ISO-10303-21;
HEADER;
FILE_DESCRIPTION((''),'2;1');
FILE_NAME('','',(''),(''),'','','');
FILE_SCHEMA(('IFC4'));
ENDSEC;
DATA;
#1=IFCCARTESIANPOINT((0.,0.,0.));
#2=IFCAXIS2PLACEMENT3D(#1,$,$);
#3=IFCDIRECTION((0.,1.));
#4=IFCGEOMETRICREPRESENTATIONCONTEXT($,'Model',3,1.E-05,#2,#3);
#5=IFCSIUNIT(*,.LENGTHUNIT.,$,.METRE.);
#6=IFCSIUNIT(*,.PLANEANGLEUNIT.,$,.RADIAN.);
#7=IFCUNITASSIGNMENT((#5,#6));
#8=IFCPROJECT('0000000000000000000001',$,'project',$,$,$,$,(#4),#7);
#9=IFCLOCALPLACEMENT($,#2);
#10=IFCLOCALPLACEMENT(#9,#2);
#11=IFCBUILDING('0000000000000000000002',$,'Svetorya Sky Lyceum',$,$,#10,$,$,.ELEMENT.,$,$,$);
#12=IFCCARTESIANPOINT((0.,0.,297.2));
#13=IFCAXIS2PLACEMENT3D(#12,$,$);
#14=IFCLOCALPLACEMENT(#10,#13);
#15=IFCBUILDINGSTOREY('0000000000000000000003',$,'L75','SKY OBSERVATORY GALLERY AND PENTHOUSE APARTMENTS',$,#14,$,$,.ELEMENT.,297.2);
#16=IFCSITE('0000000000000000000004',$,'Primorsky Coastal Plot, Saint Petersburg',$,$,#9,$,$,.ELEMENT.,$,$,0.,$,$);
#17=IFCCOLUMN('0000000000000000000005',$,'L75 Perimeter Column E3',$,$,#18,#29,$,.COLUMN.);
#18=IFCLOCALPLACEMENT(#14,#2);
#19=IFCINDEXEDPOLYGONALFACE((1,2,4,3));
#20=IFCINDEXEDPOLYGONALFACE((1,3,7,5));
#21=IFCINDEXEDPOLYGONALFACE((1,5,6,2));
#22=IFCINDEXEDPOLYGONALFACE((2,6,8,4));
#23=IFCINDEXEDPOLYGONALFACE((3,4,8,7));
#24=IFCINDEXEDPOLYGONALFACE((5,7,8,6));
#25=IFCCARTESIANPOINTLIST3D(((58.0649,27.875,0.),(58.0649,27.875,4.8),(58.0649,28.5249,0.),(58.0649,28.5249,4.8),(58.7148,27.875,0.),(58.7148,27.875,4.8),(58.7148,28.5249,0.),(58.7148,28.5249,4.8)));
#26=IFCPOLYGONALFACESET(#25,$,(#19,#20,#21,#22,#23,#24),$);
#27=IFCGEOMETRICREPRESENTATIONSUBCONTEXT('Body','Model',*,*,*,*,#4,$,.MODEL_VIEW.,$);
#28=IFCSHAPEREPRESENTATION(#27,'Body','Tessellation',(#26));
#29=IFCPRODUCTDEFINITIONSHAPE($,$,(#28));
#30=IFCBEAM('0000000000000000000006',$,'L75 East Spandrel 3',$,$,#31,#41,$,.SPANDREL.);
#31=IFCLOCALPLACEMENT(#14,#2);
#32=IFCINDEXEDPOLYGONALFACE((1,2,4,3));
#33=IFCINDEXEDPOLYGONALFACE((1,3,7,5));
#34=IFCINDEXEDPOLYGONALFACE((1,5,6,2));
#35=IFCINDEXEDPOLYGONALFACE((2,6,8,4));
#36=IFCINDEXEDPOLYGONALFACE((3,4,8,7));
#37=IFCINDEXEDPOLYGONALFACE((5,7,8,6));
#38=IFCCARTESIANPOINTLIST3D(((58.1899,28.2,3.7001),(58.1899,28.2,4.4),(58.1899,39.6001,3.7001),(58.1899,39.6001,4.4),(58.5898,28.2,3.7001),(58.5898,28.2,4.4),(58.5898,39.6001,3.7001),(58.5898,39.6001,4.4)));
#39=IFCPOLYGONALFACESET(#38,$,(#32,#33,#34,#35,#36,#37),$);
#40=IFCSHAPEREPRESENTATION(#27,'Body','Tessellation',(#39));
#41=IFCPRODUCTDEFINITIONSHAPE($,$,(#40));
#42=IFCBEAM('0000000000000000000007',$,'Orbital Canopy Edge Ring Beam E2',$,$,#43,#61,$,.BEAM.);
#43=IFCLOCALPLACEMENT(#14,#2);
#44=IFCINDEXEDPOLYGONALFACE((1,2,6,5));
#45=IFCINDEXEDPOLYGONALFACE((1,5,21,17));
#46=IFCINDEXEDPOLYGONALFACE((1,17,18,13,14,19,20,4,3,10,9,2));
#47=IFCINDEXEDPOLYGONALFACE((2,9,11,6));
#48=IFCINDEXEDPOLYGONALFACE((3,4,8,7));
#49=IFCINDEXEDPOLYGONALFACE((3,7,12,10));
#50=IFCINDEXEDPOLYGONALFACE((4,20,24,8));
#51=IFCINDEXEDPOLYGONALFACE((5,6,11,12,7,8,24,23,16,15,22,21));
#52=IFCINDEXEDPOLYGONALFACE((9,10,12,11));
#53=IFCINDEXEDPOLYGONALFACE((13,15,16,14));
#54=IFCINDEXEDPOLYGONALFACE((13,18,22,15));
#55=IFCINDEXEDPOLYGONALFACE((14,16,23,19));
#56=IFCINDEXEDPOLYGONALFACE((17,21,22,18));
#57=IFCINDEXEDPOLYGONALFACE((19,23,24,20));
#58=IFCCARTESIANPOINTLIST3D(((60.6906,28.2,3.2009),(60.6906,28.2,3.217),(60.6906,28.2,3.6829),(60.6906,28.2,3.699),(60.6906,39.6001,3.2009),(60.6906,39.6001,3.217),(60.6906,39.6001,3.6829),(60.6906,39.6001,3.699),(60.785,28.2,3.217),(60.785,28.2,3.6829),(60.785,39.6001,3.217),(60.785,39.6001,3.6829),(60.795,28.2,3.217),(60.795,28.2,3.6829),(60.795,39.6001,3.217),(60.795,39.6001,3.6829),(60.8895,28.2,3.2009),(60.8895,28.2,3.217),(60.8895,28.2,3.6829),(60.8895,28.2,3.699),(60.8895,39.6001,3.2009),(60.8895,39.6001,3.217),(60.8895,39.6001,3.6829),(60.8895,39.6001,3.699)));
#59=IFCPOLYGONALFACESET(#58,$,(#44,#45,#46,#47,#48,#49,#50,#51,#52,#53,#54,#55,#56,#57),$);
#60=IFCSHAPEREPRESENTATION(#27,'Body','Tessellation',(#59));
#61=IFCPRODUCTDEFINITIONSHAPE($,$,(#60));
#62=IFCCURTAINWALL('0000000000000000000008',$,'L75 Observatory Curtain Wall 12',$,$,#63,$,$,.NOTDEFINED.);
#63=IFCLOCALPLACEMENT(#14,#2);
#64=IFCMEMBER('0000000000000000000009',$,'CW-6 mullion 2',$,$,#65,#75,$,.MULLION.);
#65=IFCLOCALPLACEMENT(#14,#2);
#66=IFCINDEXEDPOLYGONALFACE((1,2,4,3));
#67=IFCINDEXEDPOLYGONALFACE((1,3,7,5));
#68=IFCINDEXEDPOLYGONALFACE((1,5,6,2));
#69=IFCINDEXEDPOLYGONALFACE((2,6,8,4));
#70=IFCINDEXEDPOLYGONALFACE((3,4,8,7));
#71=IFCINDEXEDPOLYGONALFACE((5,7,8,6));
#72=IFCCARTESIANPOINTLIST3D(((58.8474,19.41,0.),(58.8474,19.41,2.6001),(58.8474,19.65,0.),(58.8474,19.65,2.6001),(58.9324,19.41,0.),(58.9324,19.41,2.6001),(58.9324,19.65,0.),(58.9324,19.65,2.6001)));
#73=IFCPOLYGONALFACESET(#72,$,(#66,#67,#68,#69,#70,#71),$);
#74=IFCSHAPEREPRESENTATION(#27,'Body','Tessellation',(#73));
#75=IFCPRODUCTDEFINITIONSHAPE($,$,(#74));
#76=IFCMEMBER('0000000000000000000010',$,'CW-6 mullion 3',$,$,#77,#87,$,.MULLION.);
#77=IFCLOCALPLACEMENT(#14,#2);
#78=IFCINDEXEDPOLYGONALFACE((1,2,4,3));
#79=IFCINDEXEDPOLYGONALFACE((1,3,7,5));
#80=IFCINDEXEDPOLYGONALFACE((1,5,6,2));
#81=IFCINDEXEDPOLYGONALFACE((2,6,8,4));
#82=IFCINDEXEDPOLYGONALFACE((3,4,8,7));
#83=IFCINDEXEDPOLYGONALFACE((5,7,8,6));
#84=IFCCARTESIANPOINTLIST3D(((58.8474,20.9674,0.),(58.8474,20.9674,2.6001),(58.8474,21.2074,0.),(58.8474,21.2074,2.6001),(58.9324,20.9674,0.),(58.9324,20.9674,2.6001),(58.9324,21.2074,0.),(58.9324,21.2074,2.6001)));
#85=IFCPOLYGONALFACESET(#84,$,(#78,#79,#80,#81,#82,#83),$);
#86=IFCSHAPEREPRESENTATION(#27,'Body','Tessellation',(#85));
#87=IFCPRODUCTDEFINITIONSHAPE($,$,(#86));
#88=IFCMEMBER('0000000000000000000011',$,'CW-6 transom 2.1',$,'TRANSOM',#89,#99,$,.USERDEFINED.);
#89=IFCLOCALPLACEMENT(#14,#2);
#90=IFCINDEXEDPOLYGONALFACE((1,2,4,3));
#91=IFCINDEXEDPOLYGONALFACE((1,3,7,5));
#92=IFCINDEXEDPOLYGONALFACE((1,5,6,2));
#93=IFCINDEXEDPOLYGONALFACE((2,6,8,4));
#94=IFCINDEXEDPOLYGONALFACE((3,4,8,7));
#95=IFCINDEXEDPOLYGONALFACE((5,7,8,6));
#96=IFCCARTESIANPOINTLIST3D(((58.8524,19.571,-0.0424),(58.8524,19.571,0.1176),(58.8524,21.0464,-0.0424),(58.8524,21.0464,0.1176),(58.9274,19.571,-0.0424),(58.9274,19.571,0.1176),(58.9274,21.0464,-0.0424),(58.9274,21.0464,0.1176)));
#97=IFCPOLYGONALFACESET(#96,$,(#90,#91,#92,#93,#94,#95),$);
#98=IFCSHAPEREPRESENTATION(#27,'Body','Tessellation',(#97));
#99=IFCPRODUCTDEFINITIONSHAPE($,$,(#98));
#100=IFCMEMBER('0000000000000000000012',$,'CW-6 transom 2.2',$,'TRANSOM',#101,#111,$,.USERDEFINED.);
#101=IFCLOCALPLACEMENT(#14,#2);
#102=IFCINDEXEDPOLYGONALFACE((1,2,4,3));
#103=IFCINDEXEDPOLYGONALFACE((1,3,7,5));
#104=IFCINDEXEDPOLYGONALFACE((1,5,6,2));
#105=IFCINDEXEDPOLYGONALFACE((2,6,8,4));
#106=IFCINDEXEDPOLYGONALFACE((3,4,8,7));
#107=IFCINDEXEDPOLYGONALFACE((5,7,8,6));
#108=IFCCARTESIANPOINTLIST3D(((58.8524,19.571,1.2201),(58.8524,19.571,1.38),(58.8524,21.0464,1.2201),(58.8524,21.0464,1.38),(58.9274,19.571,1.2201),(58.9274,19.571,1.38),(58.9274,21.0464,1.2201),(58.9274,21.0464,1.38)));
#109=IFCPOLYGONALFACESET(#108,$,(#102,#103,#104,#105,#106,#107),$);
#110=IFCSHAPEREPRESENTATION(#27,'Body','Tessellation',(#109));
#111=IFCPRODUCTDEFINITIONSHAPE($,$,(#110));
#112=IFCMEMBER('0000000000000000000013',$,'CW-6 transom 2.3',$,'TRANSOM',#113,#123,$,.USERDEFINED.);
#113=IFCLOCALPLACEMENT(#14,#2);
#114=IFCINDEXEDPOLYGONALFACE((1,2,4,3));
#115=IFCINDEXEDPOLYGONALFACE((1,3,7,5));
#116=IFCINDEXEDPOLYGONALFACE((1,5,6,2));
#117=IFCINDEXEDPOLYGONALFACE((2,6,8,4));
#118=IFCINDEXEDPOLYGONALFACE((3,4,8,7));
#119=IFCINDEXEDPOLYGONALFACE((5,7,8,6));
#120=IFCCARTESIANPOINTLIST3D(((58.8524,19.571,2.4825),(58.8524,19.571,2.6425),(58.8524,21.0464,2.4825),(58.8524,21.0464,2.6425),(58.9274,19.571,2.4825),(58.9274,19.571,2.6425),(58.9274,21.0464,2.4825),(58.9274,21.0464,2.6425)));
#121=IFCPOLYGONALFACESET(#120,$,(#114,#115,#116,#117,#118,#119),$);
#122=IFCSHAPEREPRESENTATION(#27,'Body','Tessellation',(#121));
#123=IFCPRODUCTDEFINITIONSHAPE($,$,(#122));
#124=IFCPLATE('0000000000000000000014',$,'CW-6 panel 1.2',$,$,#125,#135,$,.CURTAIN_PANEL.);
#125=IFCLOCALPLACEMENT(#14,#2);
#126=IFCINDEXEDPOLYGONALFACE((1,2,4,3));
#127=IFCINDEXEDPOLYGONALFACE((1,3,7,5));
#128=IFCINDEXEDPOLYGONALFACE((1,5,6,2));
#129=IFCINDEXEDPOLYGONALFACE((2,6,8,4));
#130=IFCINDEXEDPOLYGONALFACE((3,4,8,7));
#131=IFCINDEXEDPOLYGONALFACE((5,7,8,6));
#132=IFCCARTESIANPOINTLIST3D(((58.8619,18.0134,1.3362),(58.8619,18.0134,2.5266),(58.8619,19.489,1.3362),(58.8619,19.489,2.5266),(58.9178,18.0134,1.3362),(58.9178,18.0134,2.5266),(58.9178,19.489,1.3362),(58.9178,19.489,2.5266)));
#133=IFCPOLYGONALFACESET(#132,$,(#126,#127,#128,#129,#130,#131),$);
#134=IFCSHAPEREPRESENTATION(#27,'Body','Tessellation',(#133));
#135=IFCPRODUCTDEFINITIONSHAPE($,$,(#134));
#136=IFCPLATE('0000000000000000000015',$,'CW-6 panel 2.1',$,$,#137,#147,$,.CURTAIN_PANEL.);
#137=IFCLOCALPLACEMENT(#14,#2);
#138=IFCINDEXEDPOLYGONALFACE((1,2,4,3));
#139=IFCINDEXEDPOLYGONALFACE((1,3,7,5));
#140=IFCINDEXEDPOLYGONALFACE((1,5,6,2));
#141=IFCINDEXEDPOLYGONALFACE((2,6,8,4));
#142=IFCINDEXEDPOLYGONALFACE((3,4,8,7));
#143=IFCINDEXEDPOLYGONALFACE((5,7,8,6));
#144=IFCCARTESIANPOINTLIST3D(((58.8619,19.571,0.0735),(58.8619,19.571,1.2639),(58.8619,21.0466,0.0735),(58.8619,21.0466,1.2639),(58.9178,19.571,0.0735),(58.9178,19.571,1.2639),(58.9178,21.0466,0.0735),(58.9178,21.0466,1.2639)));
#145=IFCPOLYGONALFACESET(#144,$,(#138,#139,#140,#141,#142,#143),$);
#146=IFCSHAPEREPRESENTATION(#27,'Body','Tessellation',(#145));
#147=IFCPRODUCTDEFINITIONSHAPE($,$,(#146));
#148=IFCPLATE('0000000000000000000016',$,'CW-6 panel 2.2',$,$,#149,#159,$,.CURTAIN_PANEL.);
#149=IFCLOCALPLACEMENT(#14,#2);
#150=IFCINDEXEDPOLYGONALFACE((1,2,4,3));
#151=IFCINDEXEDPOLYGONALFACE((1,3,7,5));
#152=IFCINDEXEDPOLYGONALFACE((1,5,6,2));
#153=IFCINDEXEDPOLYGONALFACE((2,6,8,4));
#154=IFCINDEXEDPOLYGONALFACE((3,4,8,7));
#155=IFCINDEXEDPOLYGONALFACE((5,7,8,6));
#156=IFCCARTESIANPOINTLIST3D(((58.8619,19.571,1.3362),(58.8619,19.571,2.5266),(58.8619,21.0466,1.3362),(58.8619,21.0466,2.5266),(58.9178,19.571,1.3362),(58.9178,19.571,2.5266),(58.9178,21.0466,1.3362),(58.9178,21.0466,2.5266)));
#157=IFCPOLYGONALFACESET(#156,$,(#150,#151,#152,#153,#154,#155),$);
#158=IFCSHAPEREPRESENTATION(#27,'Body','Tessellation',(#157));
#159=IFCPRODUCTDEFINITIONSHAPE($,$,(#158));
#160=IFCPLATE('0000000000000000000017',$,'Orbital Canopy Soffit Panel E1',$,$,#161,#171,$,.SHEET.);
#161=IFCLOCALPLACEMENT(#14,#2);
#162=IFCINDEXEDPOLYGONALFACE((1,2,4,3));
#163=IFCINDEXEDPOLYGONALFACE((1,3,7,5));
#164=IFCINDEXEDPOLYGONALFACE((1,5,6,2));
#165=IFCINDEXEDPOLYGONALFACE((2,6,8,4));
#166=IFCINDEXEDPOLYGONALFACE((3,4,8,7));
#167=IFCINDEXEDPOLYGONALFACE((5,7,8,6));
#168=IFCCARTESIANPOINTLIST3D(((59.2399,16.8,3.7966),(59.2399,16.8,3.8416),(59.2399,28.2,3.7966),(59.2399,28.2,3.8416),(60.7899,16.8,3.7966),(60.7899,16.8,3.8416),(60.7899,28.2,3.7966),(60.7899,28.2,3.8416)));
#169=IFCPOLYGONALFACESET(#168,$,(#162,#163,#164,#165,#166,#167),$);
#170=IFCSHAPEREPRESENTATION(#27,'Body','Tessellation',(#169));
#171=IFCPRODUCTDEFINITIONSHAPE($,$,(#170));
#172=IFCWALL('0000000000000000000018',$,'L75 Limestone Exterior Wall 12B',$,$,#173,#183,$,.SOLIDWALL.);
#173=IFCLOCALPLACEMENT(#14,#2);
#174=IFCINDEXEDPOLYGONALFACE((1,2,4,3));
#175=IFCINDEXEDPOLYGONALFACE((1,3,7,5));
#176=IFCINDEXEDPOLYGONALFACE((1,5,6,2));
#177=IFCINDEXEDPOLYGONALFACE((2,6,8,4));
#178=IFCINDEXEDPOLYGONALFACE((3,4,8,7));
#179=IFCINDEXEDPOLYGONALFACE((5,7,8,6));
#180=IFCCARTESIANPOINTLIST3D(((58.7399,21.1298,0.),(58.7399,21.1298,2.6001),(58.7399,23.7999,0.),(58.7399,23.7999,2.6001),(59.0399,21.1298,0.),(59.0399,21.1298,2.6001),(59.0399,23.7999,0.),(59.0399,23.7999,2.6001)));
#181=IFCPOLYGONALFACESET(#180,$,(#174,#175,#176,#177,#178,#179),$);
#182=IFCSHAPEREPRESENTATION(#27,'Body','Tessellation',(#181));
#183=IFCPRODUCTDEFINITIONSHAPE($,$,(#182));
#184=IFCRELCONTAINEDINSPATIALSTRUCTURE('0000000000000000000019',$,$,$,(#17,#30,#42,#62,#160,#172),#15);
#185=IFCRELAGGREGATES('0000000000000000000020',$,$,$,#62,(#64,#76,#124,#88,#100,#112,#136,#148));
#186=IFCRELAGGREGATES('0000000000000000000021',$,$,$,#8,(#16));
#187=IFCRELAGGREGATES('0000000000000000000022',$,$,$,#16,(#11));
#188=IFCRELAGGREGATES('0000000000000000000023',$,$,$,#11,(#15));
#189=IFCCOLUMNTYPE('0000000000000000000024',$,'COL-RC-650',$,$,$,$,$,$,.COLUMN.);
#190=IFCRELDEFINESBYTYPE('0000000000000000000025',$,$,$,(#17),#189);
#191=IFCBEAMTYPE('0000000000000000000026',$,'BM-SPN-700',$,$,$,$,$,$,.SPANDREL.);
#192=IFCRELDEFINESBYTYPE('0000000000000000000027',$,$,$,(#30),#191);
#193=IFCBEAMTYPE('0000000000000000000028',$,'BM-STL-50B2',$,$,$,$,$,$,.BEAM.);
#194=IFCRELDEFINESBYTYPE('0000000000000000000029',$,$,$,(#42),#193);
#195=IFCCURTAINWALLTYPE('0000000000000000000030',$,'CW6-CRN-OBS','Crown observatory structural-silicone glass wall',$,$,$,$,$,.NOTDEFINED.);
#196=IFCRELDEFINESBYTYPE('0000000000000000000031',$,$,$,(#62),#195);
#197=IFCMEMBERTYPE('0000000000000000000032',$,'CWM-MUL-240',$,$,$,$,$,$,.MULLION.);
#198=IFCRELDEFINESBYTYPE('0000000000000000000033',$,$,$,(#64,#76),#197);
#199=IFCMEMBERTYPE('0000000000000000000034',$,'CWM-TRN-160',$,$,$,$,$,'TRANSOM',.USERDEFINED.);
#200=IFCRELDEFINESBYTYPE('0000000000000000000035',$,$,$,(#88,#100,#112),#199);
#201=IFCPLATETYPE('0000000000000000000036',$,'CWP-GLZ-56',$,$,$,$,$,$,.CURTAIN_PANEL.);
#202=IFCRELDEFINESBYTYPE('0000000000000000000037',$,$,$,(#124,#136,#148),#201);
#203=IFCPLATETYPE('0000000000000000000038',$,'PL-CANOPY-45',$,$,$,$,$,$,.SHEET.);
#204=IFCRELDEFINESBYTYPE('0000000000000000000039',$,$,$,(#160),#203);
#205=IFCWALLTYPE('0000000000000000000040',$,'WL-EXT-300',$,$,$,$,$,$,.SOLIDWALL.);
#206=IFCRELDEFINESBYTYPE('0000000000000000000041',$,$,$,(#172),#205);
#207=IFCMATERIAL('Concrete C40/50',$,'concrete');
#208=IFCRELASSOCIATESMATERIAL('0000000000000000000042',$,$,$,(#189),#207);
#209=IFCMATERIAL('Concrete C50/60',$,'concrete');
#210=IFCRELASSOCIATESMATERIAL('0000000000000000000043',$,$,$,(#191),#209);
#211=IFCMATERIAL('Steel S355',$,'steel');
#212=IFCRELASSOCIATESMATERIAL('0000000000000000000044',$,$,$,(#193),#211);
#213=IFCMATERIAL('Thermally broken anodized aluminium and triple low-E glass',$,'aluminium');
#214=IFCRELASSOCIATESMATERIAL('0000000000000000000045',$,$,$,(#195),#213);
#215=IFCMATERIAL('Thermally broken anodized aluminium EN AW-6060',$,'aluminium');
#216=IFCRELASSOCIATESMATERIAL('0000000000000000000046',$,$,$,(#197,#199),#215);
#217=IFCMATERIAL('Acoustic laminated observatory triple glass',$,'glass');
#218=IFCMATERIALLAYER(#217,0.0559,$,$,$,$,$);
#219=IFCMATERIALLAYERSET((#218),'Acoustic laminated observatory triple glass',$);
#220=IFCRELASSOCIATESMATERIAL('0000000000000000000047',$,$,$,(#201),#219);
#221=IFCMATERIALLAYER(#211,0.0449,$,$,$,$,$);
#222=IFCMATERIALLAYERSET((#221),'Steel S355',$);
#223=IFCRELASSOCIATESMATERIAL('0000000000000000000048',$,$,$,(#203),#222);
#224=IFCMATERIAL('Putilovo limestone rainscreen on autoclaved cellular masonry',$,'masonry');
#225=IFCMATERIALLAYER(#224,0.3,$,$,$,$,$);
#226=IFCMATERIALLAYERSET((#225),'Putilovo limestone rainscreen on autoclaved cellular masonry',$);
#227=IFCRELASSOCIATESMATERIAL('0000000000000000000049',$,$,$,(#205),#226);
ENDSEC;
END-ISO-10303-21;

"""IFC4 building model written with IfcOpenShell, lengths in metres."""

from ifc_helpers import new_model, si_unit, direction, frame, frame_2d, origin, origin_2d, place, context, subcontext, project, spatial, rectangle, i_section, extrude, material, layer, layer_set, material_profile, profile_set, type_object, element, aggregate, save


model = new_model("IFC4")

# Units and contexts
model_context = context("Model", 3, precision=1e-05, world=origin(), true_north=direction((0.0, 1.0)))
body_context = subcontext(model_context, "Body", "Model", "MODEL_VIEW")
ifc_project = project(units=[si_unit("LENGTHUNIT", "METRE"), si_unit("PLANEANGLEUNIT", "RADIAN")], contexts=[model_context])

# Site, building, storey
site_placement = place(None, origin())
site = spatial("IfcSite", under=ifc_project, at=site_placement, Name="Primorsky Coastal Plot, Saint Petersburg", CompositionType="ELEMENT", RefElevation=0.0)
building_placement = place(site_placement, origin())
building = spatial("IfcBuilding", under=site, at=building_placement, Name="Svetorya Sky Lyceum", CompositionType="ELEMENT")
storey_placement = place(building_placement, frame((0.0, 0.0, 297.2)))
storey = spatial("IfcBuildingStorey", under=building, at=storey_placement, Name="L75", Description="SKY OBSERVATORY GALLERY AND PENTHOUSE APARTMENTS", CompositionType="ELEMENT", Elevation=297.2)

# Column
ifc_material_1 = material(Name="Concrete C40/50", Category="concrete")
ifc_material_profile_1 = material_profile(ifc_material_1, rectangle(XDim=0.6499, YDim=0.6499, at=origin_2d()), Name="RC COL 650x650")
ifc_profile_set_1 = profile_set([ifc_material_profile_1], Name="Concrete C40/50")
column_type = type_object("IfcColumnType", Name="COL-RC-650", PredefinedType="COLUMN", material=ifc_profile_set_1)
column_placement = place(storey_placement, frame((58.3899, 28.2, 0.0), z_axis=(0.0, 0.0, 1.0), x_axis=(1.0, 0.0, 0.0)))
element("IfcColumn", 1, at=column_placement, inside=storey, type_object=column_type, Name="L75 Perimeter Column E3", PredefinedType="COLUMN", context=body_context, shape_type="SweptSolid", body=[
    extrude(rectangle(XDim=0.6499, YDim=0.6499, at=origin_2d()), origin(), (0.0, 0.0, 1.0), 4.8),
])

# Beams
ifc_material_2 = material(Name="Concrete C50/60", Category="concrete")
ifc_material_profile_2 = material_profile(ifc_material_2, rectangle(XDim=0.3999, YDim=0.7, at=origin_2d()), Name="RC SPANDREL 400x700")
ifc_profile_set_2 = profile_set([ifc_material_profile_2], Name="Concrete C50/60")
beam_type_1 = type_object("IfcBeamType", Name="BM-SPN-700", PredefinedType="SPANDREL", material=ifc_profile_set_2)
beam_1_placement = place(storey_placement, frame((58.3899, 28.2, 4.05), z_axis=(0.0, 1.0, 0.0), x_axis=(-1.0, 0.0, 0.0)))
element("IfcBeam", 2, at=beam_1_placement, inside=storey, type_object=beam_type_1, Name="L75 East Spandrel 3", PredefinedType="SPANDREL", context=body_context, shape_type="SweptSolid", body=[
    extrude(rectangle(XDim=0.3999, YDim=0.7, at=origin_2d()), origin(), (0.0, 0.0, 1.0), 11.4001),
])
ifc_material_3 = material(Name="Steel S355", Category="steel")
ifc_material_profile_3 = material_profile(ifc_material_3, i_section(OverallWidth=0.199, OverallDepth=0.498, WebThickness=0.01, FlangeThickness=0.0161, at=origin_2d()), Name="GOST 50B2")
ifc_profile_set_3 = profile_set([ifc_material_profile_3], Name="Steel S355")
beam_type_2 = type_object("IfcBeamType", Name="BM-STL-50B2", PredefinedType="BEAM", material=ifc_profile_set_3)
beam_2_placement = place(storey_placement, frame((60.79, 28.2, 3.45), z_axis=(0.0, 1.0, 0.0), x_axis=(-1.0, 0.0, 0.0)))
element("IfcBeam", 3, at=beam_2_placement, inside=storey, type_object=beam_type_2, Name="Orbital Canopy Edge Ring Beam E2", PredefinedType="BEAM", context=body_context, shape_type="SweptSolid", body=[
    extrude(i_section(OverallWidth=0.199, OverallDepth=0.498, WebThickness=0.01, FlangeThickness=0.0161, at=origin_2d()), origin(), (0.0, 0.0, 1.0), 11.4001),
])

# Curtain wall, members, plates
ifc_material_4 = material(Name="Thermally broken anodized aluminium and triple low-E glass", Category="aluminium")
curtain_wall_type = type_object("IfcCurtainWallType", Name="CW6-CRN-OBS", Description="Crown observatory structural-silicone glass wall", PredefinedType="NOTDEFINED", material=ifc_material_4)
curtain_wall_placement = place(storey_placement, origin())
curtain_wall = element("IfcCurtainWall", 4, at=curtain_wall_placement, inside=storey, type_object=curtain_wall_type, Name="L75 Observatory Curtain Wall 12", PredefinedType="NOTDEFINED")
ifc_material_5 = material(Name="Thermally broken anodized aluminium EN AW-6060", Category="aluminium")
ifc_material_profile_4 = material_profile(ifc_material_5, rectangle(XDim=0.085, YDim=0.24, at=origin_2d()), Name="ALU MULLION 85x240")
ifc_profile_set_4 = profile_set([ifc_material_profile_4], Name="Thermally broken anodized aluminium EN AW-6060")
member_type_1 = type_object("IfcMemberType", Name="CWM-MUL-240", PredefinedType="MULLION", material=ifc_profile_set_4)
member_1_placement = place(storey_placement, frame((58.8899, 19.53, 0.0), z_axis=(0.0, 0.0, 1.0), x_axis=(-1.0, 0.0, 0.0)))
member_1 = element("IfcMember", 5, at=member_1_placement, type_object=member_type_1, Name="CW-6 mullion 2", PredefinedType="MULLION", context=body_context, shape_type="SweptSolid", body=[
    extrude(rectangle(XDim=0.085, YDim=0.24, at=origin_2d()), origin(), (0.0, 0.0, 1.0), 2.6001),
])
member_2_placement = place(storey_placement, frame((58.8899, 21.0874, 0.0), z_axis=(0.0, 0.0, 1.0), x_axis=(-1.0, 0.0, 0.0)))
member_2 = element("IfcMember", 6, at=member_2_placement, type_object=member_type_1, Name="CW-6 mullion 3", PredefinedType="MULLION", context=body_context, shape_type="SweptSolid", body=[
    extrude(rectangle(XDim=0.085, YDim=0.24, at=origin_2d()), origin(), (0.0, 0.0, 1.0), 2.6001),
])
ifc_material_profile_5 = material_profile(ifc_material_5, rectangle(XDim=0.075, YDim=0.1599, at=origin_2d()), Name="ALU TRANSOM 75x160")
ifc_profile_set_5 = profile_set([ifc_material_profile_5], Name="Thermally broken anodized aluminium EN AW-6060")
member_type_2 = type_object("IfcMemberType", Name="CWM-TRN-160", ElementType="TRANSOM", PredefinedType="USERDEFINED", material=ifc_profile_set_5)
member_3_placement = place(storey_placement, frame((58.8899, 19.571, 0.0376), z_axis=(0.0, 1.0, 0.0), x_axis=(-1.0, 0.0, 0.0)))
member_3 = element("IfcMember", 7, at=member_3_placement, type_object=member_type_2, Name="CW-6 transom 2.1", ObjectType="TRANSOM", PredefinedType="USERDEFINED", context=body_context, shape_type="SweptSolid", body=[
    extrude(rectangle(XDim=0.075, YDim=0.1599, at=origin_2d()), origin(), (0.0, 0.0, 1.0), 1.4753),
])
member_4_placement = place(storey_placement, frame((58.8899, 19.571, 1.3), z_axis=(0.0, 1.0, 0.0), x_axis=(-1.0, 0.0, 0.0)))
member_4 = element("IfcMember", 8, at=member_4_placement, type_object=member_type_2, Name="CW-6 transom 2.2", ObjectType="TRANSOM", PredefinedType="USERDEFINED", context=body_context, shape_type="SweptSolid", body=[
    extrude(rectangle(XDim=0.075, YDim=0.1599, at=origin_2d()), origin(), (0.0, 0.0, 1.0), 1.4753),
])
member_5_placement = place(storey_placement, frame((58.8899, 19.571, 2.5625), z_axis=(0.0, 1.0, 0.0), x_axis=(-1.0, 0.0, 0.0)))
member_5 = element("IfcMember", 9, at=member_5_placement, type_object=member_type_2, Name="CW-6 transom 2.3", ObjectType="TRANSOM", PredefinedType="USERDEFINED", context=body_context, shape_type="SweptSolid", body=[
    extrude(rectangle(XDim=0.075, YDim=0.1599, at=origin_2d()), origin(), (0.0, 0.0, 1.0), 1.4753),
])
ifc_material_6 = material(Name="Acoustic laminated observatory triple glass", Category="glass")
ifc_layer_1 = layer(ifc_material_6, 0.0559)
ifc_layer_set_1 = layer_set([ifc_layer_1], Name="Acoustic laminated observatory triple glass")
plate_type_1 = type_object("IfcPlateType", Name="CWP-GLZ-56", PredefinedType="CURTAIN_PANEL", material=ifc_layer_set_1)
plate_1_placement = place(storey_placement, frame((58.8899, 18.7512, 1.3362), z_axis=(0.0, 0.0, 1.0), x_axis=(0.0, 1.0, 0.0)))
plate_1 = element("IfcPlate", 10, at=plate_1_placement, type_object=plate_type_1, Name="CW-6 panel 1.2", PredefinedType="CURTAIN_PANEL", context=body_context, shape_type="SweptSolid", body=[
    extrude(rectangle(XDim=1.4756, YDim=0.0559, at=origin_2d()), origin(), (0.0, 0.0, 1.0), 1.1904),
])
plate_2_placement = place(storey_placement, frame((58.8899, 20.3088, 0.0735), z_axis=(0.0, 0.0, 1.0), x_axis=(0.0, 1.0, 0.0)))
plate_2 = element("IfcPlate", 11, at=plate_2_placement, type_object=plate_type_1, Name="CW-6 panel 2.1", PredefinedType="CURTAIN_PANEL", context=body_context, shape_type="SweptSolid", body=[
    extrude(rectangle(XDim=1.4756, YDim=0.0559, at=origin_2d()), origin(), (0.0, 0.0, 1.0), 1.1904),
])
plate_3_placement = place(storey_placement, frame((58.8899, 20.3088, 1.3362), z_axis=(0.0, 0.0, 1.0), x_axis=(0.0, 1.0, 0.0)))
plate_3 = element("IfcPlate", 12, at=plate_3_placement, type_object=plate_type_1, Name="CW-6 panel 2.2", PredefinedType="CURTAIN_PANEL", context=body_context, shape_type="SweptSolid", body=[
    extrude(rectangle(XDim=1.4756, YDim=0.0559, at=origin_2d()), origin(), (0.0, 0.0, 1.0), 1.1904),
])
aggregate(curtain_wall, [member_1, member_2, plate_1, member_3, member_4, member_5, plate_2, plate_3])

# Plate
ifc_layer_2 = layer(ifc_material_3, 0.0449)
ifc_layer_set_2 = layer_set([ifc_layer_2], Name="Steel S355")
plate_type_2 = type_object("IfcPlateType", Name="PL-CANOPY-45", PredefinedType="SHEET", material=ifc_layer_set_2)
plate_4_placement = place(storey_placement, frame((60.0149, 22.5, 3.7966), z_axis=(0.0, 0.0, 1.0), x_axis=(1.0, 0.0, 0.0)))
element("IfcPlate", 13, at=plate_4_placement, inside=storey, type_object=plate_type_2, Name="Orbital Canopy Soffit Panel E1", PredefinedType="SHEET", context=body_context, shape_type="SweptSolid", body=[
    extrude(rectangle(XDim=1.55, YDim=11.3999, at=origin_2d()), origin(), (0.0, 0.0, 1.0), 0.0449),
])

# Wall
ifc_material_7 = material(Name="Putilovo limestone rainscreen on autoclaved cellular masonry", Category="masonry")
ifc_layer_3 = layer(ifc_material_7, 0.3)
ifc_layer_set_3 = layer_set([ifc_layer_3], Name="Putilovo limestone rainscreen on autoclaved cellular masonry")
wall_type_1 = type_object("IfcWallType", Name="WL-EXT-300", PredefinedType="SOLIDWALL", material=ifc_layer_set_3)
wall_1_placement = place(storey_placement, frame((58.8899, 21.1299, 0.0), z_axis=(0.0, 0.0, 1.0), x_axis=(0.0, 1.0, 0.0)))
element("IfcWall", 14, at=wall_1_placement, inside=storey, type_object=wall_type_1, Name="L75 Limestone Exterior Wall 12B", PredefinedType="SOLIDWALL", context=body_context, shape_type="SweptSolid", body=[
    extrude(rectangle(XDim=2.6702, YDim=0.3, at=frame_2d((1.335, 0.0))), origin(), (0.0, 0.0, 1.0), 2.6001),
])

save(model, "model.ifc")
